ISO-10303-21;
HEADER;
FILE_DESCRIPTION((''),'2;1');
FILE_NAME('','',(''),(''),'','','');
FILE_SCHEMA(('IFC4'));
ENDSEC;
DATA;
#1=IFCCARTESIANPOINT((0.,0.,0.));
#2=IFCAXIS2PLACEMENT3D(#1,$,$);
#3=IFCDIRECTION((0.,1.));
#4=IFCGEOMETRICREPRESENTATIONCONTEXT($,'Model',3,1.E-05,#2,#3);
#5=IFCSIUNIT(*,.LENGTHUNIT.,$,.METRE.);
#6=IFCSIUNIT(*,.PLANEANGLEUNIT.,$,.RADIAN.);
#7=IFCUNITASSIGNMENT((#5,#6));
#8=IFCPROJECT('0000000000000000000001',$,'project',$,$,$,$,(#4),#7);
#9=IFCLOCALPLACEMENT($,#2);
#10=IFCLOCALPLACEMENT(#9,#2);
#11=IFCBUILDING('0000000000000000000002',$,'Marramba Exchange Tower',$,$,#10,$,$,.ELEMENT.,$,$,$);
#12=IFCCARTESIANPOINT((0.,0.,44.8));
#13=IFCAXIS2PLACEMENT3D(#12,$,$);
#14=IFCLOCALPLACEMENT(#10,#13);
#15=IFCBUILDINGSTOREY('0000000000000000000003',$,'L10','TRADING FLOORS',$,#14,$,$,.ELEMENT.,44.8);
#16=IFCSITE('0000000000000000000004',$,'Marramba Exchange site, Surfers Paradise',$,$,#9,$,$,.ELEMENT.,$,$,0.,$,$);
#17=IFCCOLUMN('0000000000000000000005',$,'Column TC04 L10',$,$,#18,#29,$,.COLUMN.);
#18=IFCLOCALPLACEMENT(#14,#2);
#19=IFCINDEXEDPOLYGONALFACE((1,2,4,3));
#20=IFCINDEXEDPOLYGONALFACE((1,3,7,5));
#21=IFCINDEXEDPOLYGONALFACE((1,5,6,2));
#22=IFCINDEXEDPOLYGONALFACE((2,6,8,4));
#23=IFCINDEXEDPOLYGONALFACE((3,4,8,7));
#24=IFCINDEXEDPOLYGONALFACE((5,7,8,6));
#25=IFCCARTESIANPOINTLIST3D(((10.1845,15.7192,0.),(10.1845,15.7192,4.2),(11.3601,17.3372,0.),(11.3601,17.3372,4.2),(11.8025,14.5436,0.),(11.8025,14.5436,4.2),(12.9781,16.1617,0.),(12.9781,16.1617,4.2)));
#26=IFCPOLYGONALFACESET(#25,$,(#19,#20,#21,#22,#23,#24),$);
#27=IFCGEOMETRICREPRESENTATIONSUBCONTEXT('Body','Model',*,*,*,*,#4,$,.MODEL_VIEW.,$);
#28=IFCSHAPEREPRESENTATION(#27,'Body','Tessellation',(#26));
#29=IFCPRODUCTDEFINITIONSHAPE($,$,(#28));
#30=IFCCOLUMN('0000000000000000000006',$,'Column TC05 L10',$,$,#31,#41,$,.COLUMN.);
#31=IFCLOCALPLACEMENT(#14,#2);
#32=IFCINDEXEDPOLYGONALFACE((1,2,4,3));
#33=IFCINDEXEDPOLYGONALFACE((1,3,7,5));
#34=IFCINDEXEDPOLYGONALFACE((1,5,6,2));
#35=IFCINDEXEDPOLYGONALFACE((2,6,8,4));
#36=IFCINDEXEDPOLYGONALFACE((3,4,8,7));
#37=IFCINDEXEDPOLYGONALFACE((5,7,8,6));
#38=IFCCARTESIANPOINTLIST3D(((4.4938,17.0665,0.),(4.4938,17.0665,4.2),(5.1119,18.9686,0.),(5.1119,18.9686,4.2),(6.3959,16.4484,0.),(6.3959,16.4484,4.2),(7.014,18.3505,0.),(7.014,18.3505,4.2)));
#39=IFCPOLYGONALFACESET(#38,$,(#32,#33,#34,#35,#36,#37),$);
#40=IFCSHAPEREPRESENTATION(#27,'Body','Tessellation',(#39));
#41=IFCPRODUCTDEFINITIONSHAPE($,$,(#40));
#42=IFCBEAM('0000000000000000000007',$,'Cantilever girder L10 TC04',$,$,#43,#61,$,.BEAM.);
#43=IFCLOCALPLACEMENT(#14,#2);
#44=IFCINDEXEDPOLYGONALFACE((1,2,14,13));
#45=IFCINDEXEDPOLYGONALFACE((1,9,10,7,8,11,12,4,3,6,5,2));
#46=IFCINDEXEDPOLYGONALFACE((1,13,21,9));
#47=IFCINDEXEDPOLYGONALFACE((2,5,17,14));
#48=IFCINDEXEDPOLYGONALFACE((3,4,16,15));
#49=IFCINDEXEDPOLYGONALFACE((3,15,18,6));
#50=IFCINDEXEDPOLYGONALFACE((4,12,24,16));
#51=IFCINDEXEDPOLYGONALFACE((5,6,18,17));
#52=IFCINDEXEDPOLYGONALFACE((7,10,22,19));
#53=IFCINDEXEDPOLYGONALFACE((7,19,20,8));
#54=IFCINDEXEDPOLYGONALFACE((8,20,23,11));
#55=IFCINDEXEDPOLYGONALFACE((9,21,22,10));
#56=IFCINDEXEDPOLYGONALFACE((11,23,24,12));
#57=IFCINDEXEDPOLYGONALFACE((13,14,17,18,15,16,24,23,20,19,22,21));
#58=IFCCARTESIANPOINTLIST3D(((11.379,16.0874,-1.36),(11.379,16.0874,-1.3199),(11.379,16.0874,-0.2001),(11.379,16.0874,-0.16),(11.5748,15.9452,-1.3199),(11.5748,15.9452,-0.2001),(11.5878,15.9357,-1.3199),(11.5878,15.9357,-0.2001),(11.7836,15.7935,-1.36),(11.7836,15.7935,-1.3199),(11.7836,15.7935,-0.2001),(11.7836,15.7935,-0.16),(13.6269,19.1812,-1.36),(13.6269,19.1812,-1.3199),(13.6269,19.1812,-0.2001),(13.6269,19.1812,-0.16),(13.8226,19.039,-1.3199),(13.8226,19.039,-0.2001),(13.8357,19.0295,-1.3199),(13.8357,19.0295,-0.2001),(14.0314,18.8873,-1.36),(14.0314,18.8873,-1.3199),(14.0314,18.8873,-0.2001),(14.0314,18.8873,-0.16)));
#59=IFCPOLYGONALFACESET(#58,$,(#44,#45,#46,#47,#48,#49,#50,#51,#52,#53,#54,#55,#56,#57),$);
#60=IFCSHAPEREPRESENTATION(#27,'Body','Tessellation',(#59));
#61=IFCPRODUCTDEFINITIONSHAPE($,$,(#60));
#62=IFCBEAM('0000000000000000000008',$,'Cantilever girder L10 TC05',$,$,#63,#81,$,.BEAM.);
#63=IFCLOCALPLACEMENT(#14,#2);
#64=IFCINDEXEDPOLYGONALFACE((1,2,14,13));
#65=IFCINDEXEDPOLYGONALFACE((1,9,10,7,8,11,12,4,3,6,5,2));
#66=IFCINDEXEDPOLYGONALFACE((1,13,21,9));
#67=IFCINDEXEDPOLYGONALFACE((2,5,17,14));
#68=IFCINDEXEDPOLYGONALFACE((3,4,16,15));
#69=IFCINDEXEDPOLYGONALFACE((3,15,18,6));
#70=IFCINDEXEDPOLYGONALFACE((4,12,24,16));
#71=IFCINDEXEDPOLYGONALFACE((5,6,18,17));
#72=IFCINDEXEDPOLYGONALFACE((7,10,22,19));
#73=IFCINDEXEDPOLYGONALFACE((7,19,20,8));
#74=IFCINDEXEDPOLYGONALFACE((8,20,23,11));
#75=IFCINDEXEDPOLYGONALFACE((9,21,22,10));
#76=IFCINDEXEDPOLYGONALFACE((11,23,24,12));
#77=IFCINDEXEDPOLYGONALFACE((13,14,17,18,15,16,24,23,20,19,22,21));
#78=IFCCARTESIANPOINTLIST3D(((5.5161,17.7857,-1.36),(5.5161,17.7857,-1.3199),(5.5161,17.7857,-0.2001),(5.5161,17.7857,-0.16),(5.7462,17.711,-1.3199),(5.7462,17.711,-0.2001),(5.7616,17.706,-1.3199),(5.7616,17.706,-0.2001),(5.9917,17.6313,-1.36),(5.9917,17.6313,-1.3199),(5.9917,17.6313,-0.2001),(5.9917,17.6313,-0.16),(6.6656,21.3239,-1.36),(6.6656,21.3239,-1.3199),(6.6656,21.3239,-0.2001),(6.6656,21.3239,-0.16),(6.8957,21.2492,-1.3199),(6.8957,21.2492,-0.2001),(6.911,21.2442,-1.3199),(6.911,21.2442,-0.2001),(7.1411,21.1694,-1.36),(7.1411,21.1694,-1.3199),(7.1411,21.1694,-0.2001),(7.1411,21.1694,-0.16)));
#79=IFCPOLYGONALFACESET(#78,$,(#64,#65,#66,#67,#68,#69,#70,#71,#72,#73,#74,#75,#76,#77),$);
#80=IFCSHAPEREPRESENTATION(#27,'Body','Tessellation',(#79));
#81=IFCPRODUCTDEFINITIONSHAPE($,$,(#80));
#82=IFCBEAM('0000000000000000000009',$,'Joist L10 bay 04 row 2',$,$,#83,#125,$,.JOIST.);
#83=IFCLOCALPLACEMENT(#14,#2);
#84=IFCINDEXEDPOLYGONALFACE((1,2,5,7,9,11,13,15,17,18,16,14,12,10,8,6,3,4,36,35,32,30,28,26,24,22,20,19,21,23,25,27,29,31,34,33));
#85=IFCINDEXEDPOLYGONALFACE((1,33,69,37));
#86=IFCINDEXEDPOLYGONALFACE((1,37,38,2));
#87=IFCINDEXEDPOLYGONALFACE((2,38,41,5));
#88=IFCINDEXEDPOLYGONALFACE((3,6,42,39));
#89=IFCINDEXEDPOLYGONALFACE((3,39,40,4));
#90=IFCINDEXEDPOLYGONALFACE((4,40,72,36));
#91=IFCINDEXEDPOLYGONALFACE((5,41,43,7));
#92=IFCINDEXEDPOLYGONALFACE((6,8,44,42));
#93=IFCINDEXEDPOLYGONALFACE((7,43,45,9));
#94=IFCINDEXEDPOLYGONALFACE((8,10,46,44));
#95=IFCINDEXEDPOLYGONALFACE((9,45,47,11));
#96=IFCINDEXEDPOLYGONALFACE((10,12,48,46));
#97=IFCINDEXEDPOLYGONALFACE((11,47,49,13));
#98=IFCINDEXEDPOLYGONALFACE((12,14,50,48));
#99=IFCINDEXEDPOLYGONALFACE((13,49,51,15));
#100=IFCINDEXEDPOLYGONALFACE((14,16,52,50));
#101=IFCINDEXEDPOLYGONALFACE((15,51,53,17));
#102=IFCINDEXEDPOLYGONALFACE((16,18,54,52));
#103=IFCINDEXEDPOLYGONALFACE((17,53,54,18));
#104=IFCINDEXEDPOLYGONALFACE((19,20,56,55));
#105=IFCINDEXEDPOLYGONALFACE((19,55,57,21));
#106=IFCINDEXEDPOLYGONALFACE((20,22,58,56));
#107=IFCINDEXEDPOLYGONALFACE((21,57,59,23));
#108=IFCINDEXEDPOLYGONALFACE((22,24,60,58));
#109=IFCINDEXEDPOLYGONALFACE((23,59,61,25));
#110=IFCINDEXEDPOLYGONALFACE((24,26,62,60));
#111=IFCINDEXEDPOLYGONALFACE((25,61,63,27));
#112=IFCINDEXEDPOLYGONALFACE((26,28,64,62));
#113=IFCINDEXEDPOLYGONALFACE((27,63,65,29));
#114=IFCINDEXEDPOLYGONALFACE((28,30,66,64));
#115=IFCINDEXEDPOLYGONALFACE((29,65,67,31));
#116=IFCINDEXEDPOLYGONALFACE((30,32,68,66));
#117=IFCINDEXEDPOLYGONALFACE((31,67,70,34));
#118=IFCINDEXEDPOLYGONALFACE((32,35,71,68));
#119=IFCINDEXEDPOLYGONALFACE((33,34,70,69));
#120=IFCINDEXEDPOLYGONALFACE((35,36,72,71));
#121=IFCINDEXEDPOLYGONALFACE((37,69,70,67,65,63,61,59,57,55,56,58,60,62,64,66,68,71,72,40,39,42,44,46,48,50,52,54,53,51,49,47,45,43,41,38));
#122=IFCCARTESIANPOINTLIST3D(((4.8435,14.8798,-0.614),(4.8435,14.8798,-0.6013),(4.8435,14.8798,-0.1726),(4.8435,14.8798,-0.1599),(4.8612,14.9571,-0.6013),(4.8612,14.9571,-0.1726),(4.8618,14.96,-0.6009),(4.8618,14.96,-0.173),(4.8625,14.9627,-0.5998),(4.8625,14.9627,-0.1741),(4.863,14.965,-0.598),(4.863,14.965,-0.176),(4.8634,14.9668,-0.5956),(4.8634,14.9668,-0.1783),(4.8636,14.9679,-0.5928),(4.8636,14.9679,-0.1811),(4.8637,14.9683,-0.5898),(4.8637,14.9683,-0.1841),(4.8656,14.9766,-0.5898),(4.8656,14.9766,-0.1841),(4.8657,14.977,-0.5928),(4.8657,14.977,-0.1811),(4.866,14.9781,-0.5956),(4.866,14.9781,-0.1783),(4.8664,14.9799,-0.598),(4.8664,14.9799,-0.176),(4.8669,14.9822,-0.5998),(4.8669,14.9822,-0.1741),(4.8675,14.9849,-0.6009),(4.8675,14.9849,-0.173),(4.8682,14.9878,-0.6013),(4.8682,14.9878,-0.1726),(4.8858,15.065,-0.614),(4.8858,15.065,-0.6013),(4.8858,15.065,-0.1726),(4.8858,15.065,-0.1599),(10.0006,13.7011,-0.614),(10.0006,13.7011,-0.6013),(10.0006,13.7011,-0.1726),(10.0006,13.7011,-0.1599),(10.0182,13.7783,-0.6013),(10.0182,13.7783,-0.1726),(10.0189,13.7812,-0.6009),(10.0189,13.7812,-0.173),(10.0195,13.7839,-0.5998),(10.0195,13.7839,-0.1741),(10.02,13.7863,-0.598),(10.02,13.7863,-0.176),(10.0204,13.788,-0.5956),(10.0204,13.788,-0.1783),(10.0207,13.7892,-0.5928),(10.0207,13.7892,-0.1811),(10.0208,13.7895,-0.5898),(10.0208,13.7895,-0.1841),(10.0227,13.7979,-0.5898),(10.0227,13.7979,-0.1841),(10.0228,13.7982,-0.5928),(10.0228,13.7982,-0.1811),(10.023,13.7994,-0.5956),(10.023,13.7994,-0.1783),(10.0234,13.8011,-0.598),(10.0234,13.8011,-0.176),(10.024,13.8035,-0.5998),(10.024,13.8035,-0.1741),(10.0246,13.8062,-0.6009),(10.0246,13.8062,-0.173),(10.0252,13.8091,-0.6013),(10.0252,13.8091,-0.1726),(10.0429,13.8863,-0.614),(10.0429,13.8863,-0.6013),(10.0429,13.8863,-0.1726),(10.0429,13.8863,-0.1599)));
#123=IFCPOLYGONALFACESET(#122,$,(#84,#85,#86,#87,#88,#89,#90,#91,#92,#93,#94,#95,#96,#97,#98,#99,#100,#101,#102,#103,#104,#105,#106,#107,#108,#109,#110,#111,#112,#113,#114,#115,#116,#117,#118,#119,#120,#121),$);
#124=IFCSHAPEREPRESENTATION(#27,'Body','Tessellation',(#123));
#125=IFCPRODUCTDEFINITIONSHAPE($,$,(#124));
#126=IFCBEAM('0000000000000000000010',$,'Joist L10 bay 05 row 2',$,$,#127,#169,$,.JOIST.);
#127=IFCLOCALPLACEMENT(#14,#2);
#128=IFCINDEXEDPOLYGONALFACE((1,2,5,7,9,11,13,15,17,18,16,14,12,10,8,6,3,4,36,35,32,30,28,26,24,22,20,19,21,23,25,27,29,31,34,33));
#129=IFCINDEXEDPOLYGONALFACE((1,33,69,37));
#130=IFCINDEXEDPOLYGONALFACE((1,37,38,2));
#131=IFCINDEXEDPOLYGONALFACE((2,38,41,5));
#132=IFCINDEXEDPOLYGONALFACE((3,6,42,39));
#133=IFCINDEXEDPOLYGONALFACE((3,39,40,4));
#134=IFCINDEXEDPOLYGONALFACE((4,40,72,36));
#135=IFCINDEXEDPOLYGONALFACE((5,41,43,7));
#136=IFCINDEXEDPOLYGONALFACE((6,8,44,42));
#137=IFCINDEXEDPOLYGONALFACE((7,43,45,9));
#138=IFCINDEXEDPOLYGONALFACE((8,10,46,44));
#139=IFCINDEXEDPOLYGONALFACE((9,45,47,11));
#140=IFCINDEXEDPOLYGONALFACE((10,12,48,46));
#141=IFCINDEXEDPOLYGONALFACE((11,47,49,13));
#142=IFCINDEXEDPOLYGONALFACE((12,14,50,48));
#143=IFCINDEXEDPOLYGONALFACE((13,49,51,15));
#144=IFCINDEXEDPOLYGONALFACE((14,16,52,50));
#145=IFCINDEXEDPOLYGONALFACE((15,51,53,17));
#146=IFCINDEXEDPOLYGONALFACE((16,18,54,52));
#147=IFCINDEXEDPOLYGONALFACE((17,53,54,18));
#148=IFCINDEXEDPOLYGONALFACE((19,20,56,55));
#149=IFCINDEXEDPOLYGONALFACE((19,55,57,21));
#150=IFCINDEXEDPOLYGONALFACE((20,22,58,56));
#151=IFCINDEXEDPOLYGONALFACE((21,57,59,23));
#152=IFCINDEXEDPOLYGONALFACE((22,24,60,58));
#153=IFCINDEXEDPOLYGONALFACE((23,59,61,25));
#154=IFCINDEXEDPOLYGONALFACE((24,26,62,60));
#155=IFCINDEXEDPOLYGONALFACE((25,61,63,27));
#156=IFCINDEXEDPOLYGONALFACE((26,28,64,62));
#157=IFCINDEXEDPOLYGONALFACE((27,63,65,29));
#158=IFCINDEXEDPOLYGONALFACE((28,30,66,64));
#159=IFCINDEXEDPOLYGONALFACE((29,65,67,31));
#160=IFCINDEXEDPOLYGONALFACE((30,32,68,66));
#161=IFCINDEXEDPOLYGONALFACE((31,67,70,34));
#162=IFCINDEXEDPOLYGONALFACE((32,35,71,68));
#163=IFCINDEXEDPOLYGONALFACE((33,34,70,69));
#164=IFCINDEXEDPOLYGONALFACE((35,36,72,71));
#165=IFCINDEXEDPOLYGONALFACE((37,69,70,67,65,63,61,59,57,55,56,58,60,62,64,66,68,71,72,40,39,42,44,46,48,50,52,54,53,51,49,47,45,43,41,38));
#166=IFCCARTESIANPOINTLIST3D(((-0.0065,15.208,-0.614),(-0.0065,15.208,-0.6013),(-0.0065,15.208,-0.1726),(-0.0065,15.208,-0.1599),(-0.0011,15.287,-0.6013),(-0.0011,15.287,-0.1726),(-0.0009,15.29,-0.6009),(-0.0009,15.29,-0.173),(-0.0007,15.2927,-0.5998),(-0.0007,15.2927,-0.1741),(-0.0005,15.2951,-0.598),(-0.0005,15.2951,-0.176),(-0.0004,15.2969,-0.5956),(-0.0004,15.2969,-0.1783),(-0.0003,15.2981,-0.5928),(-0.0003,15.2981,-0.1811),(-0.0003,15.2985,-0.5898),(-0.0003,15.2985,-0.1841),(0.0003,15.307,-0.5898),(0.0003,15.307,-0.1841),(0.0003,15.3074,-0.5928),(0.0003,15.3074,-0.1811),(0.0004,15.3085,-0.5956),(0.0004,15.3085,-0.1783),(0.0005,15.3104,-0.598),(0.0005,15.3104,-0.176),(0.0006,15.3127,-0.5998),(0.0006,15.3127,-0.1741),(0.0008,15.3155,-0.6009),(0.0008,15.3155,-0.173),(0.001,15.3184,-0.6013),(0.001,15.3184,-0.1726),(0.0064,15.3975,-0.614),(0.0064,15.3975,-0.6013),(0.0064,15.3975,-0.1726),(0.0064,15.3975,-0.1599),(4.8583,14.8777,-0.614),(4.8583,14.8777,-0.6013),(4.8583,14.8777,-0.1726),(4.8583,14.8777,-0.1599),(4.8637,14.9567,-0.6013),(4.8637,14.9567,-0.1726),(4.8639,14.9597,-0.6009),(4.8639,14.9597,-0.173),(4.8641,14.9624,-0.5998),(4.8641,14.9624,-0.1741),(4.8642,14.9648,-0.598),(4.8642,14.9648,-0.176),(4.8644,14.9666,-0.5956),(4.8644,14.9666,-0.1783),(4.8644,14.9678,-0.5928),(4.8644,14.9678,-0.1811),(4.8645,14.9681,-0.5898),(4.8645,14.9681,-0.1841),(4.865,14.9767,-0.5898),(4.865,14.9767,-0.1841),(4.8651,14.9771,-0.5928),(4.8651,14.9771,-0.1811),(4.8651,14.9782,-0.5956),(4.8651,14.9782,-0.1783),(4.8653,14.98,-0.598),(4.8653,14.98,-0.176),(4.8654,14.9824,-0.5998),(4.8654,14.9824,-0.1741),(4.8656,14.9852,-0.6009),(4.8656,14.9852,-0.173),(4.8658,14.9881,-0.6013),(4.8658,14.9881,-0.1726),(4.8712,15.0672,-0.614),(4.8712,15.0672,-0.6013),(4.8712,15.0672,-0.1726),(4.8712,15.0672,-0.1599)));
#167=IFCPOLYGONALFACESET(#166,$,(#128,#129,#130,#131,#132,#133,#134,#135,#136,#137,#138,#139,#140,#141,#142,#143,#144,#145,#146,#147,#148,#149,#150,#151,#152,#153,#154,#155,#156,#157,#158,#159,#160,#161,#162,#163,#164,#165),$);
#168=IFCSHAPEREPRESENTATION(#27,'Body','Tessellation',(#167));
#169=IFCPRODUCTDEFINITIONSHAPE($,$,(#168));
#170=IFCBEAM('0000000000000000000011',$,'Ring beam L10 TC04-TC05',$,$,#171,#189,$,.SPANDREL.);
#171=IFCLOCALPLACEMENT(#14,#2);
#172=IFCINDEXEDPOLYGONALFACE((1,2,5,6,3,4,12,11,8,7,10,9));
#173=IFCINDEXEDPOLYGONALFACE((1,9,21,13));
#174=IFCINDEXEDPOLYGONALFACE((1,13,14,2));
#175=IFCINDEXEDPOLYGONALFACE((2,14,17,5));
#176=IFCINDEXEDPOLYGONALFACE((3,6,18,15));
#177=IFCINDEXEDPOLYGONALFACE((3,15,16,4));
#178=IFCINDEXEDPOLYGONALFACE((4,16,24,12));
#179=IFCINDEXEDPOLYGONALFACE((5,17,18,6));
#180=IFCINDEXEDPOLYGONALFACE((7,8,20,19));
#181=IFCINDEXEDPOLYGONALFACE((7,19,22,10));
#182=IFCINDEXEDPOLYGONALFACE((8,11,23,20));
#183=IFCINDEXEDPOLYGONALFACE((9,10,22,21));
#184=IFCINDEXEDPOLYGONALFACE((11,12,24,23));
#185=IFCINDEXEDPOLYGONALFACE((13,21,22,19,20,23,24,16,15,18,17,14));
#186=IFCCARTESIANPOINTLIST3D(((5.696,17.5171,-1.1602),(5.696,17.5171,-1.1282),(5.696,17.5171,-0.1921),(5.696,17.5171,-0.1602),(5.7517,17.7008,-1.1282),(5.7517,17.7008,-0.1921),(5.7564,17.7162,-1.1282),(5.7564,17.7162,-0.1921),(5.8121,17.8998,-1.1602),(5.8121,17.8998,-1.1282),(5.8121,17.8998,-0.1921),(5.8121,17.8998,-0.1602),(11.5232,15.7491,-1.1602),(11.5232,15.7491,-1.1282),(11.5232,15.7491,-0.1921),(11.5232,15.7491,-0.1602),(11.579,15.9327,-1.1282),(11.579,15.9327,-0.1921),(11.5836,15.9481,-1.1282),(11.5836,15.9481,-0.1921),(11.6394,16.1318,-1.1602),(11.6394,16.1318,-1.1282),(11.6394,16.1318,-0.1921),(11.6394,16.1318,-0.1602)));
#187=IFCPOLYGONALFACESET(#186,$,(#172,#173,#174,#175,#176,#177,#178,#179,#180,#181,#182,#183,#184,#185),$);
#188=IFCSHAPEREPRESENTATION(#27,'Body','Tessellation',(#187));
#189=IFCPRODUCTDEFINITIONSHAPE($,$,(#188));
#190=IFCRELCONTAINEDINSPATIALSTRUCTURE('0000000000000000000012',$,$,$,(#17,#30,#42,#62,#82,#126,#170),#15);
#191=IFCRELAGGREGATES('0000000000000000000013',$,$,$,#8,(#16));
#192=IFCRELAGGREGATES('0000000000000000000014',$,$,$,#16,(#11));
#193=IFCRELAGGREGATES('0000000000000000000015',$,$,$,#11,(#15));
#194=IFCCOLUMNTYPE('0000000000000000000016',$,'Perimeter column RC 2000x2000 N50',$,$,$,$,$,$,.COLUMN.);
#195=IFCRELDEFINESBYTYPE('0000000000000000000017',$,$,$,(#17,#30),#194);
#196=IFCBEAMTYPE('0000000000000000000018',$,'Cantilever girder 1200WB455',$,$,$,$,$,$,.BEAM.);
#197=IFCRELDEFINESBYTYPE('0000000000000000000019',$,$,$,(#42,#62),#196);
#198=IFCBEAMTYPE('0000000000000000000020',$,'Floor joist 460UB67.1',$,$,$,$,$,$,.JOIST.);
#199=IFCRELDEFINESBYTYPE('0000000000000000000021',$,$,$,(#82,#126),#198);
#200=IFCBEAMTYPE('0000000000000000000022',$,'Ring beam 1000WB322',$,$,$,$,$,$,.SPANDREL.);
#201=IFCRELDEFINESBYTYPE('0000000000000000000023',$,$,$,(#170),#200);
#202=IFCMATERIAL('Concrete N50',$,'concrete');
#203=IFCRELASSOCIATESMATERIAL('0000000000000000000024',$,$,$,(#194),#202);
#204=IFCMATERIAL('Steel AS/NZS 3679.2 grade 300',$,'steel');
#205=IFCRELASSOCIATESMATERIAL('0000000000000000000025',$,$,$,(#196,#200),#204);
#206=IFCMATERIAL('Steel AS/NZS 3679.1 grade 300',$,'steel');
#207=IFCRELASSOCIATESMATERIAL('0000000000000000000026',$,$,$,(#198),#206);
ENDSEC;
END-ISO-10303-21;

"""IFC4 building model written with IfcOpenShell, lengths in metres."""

from ifc_helpers import new_model, si_unit, direction, frame, origin, origin_2d, place, context, subcontext, project, spatial, rectangle, i_section, extrude, material, material_profile, profile_set, type_object, element, save


model = new_model("IFC4")

# Units and contexts
model_context = context("Model", 3, precision=1e-05, world=origin(), true_north=direction((0.0, 1.0)))
body_context = subcontext(model_context, "Body", "Model", "MODEL_VIEW")
ifc_project = project(units=[si_unit("LENGTHUNIT", "METRE"), si_unit("PLANEANGLEUNIT", "RADIAN")], contexts=[model_context])

# Site, building, storey
site_placement = place(None, origin())
site = spatial("IfcSite", under=ifc_project, at=site_placement, Name="Marramba Exchange site, Surfers Paradise", CompositionType="ELEMENT", RefElevation=0.0)
building_placement = place(site_placement, origin())
building = spatial("IfcBuilding", under=site, at=building_placement, Name="Marramba Exchange Tower", CompositionType="ELEMENT")
storey_placement = place(building_placement, frame((0.0, 0.0, 44.8)))
storey = spatial("IfcBuildingStorey", under=building, at=storey_placement, Name="L10", Description="TRADING FLOORS", CompositionType="ELEMENT", Elevation=44.8)

# Columns
ifc_material_1 = material(Name="Concrete N50", Category="concrete")
ifc_material_profile_1 = material_profile(ifc_material_1, rectangle(XDim=2.0, YDim=2.0, at=origin_2d()), Name="RC 2000x2000")
ifc_profile_set_1 = profile_set([ifc_material_profile_1], Name="Concrete N50")
column_type = type_object("IfcColumnType", Name="Perimeter column RC 2000x2000 N50", PredefinedType="COLUMN", material=ifc_profile_set_1)
for number, where, z_axis, x_axis, name in (
    (1, (11.5813, 15.9404, 0.0), (0.0, 0.0, 1.0), (0.587785, 0.809017, 0.0), "Column TC04 L10"),
    (2, (5.7539, 17.7085, 0.0), (0.0, 0.0, 1.0), (0.309017, 0.951057, 0.0), "Column TC05 L10"),
):
    element("IfcColumn", number, at=place(storey_placement, frame(where, z_axis=z_axis, x_axis=x_axis)), inside=storey, type_object=column_type, Name=name, PredefinedType="COLUMN", context=body_context, shape_type="SweptSolid", body=[
        extrude(rectangle(XDim=2.0, YDim=2.0, at=origin_2d()), origin(), (0.0, 0.0, 1.0), 4.2),
    ])

# Beams
ifc_material_2 = material(Name="Steel AS/NZS 3679.2 grade 300", Category="steel")
ifc_material_profile_2 = material_profile(ifc_material_2, i_section(OverallWidth=0.5, OverallDepth=1.2, WebThickness=0.0161, FlangeThickness=0.04, at=origin_2d()), Name="1200WB455")
ifc_profile_set_2 = profile_set([ifc_material_profile_2], Name="Steel AS/NZS 3679.2 grade 300")
beam_type_1 = type_object("IfcBeamType", Name="Cantilever girder 1200WB455", PredefinedType="BEAM", material=ifc_profile_set_2)
beam_1_placement = place(storey_placement, frame((11.5813, 15.9404, -0.76), z_axis=(0.587796, 0.809009, 0.0), x_axis=(-0.809009, 0.587796, 0.0)))
element("IfcBeam", 3, at=beam_1_placement, inside=storey, type_object=beam_type_1, Name="Cantilever girder L10 TC04", PredefinedType="BEAM", context=body_context, shape_type="SweptSolid", body=[
    extrude(i_section(OverallWidth=0.5, OverallDepth=1.2, WebThickness=0.0161, FlangeThickness=0.04, at=origin_2d()), origin(), (0.0, 0.0, 1.0), 3.8242),
])
beam_2_placement = place(storey_placement, frame((5.7539, 17.7085, -0.76), z_axis=(0.308973, 0.951071, 0.0), x_axis=(-0.951071, 0.308973, 0.0)))
element("IfcBeam", 4, at=beam_2_placement, inside=storey, type_object=beam_type_1, Name="Cantilever girder L10 TC05", PredefinedType="BEAM", context=body_context, shape_type="SweptSolid", body=[
    extrude(i_section(OverallWidth=0.5, OverallDepth=1.2, WebThickness=0.0161, FlangeThickness=0.04, at=origin_2d()), origin(), (0.0, 0.0, 1.0), 3.7202),
])
ifc_material_3 = material(Name="Steel AS/NZS 3679.1 grade 300", Category="steel")
ifc_material_profile_3 = material_profile(ifc_material_3, i_section(OverallWidth=0.1899, OverallDepth=0.4541, WebThickness=0.0085, FlangeThickness=0.0127, FilletRadius=0.0115, at=origin_2d()), Name="460UB67.1")
ifc_profile_set_3 = profile_set([ifc_material_profile_3], Name="Steel AS/NZS 3679.1 grade 300")
beam_type_2 = type_object("IfcBeamType", Name="Floor joist 460UB67.1", PredefinedType="JOIST", material=ifc_profile_set_3)
beam_3_placement = place(storey_placement, frame((10.0217, 13.7937, -0.387), z_axis=(-0.97486, 0.22282, 0.0), x_axis=(-0.22282, -0.97486, 0.0)))
element("IfcBeam", 5, at=beam_3_placement, inside=storey, type_object=beam_type_2, Name="Joist L10 bay 04 row 2", PredefinedType="JOIST", context=body_context, shape_type="SweptSolid", body=[
    extrude(i_section(OverallWidth=0.1899, OverallDepth=0.4541, WebThickness=0.0085, FlangeThickness=0.0127, FilletRadius=0.0115, at=origin_2d()), origin(), (0.0, 0.0, 1.0), 5.29),
])
beam_4_placement = place(storey_placement, frame((4.8647, 14.9724, -0.387), z_axis=(-0.997703, 0.067745, 0.0), x_axis=(-0.067745, -0.997703, 0.0)))
element("IfcBeam", 6, at=beam_4_placement, inside=storey, type_object=beam_type_2, Name="Joist L10 bay 05 row 2", PredefinedType="JOIST", context=body_context, shape_type="SweptSolid", body=[
    extrude(i_section(OverallWidth=0.1899, OverallDepth=0.4541, WebThickness=0.0085, FlangeThickness=0.0127, FilletRadius=0.0115, at=origin_2d()), origin(), (0.0, 0.0, 1.0), 4.876),
])
ifc_material_profile_4 = material_profile(ifc_material_2, i_section(OverallWidth=0.3999, OverallDepth=1.0, WebThickness=0.0161, FlangeThickness=0.032, at=origin_2d()), Name="1000WB322")
ifc_profile_set_4 = profile_set([ifc_material_profile_4], Name="Steel AS/NZS 3679.2 grade 300")
beam_type_3 = type_object("IfcBeamType", Name="Ring beam 1000WB322", PredefinedType="SPANDREL", material=ifc_profile_set_4)
beam_5_placement = place(storey_placement, frame((11.5813, 15.9404, -0.6602), z_axis=(-0.956925, 0.290337, 0.0), x_axis=(-0.290337, -0.956925, 0.0)))
element("IfcBeam", 7, at=beam_5_placement, inside=storey, type_object=beam_type_3, Name="Ring beam L10 TC04-TC05", PredefinedType="SPANDREL", context=body_context, shape_type="SweptSolid", body=[
    extrude(i_section(OverallWidth=0.3999, OverallDepth=1.0, WebThickness=0.0161, FlangeThickness=0.032, at=origin_2d()), origin(), (0.0, 0.0, 1.0), 6.0896),
])

save(model, "model.ifc")
